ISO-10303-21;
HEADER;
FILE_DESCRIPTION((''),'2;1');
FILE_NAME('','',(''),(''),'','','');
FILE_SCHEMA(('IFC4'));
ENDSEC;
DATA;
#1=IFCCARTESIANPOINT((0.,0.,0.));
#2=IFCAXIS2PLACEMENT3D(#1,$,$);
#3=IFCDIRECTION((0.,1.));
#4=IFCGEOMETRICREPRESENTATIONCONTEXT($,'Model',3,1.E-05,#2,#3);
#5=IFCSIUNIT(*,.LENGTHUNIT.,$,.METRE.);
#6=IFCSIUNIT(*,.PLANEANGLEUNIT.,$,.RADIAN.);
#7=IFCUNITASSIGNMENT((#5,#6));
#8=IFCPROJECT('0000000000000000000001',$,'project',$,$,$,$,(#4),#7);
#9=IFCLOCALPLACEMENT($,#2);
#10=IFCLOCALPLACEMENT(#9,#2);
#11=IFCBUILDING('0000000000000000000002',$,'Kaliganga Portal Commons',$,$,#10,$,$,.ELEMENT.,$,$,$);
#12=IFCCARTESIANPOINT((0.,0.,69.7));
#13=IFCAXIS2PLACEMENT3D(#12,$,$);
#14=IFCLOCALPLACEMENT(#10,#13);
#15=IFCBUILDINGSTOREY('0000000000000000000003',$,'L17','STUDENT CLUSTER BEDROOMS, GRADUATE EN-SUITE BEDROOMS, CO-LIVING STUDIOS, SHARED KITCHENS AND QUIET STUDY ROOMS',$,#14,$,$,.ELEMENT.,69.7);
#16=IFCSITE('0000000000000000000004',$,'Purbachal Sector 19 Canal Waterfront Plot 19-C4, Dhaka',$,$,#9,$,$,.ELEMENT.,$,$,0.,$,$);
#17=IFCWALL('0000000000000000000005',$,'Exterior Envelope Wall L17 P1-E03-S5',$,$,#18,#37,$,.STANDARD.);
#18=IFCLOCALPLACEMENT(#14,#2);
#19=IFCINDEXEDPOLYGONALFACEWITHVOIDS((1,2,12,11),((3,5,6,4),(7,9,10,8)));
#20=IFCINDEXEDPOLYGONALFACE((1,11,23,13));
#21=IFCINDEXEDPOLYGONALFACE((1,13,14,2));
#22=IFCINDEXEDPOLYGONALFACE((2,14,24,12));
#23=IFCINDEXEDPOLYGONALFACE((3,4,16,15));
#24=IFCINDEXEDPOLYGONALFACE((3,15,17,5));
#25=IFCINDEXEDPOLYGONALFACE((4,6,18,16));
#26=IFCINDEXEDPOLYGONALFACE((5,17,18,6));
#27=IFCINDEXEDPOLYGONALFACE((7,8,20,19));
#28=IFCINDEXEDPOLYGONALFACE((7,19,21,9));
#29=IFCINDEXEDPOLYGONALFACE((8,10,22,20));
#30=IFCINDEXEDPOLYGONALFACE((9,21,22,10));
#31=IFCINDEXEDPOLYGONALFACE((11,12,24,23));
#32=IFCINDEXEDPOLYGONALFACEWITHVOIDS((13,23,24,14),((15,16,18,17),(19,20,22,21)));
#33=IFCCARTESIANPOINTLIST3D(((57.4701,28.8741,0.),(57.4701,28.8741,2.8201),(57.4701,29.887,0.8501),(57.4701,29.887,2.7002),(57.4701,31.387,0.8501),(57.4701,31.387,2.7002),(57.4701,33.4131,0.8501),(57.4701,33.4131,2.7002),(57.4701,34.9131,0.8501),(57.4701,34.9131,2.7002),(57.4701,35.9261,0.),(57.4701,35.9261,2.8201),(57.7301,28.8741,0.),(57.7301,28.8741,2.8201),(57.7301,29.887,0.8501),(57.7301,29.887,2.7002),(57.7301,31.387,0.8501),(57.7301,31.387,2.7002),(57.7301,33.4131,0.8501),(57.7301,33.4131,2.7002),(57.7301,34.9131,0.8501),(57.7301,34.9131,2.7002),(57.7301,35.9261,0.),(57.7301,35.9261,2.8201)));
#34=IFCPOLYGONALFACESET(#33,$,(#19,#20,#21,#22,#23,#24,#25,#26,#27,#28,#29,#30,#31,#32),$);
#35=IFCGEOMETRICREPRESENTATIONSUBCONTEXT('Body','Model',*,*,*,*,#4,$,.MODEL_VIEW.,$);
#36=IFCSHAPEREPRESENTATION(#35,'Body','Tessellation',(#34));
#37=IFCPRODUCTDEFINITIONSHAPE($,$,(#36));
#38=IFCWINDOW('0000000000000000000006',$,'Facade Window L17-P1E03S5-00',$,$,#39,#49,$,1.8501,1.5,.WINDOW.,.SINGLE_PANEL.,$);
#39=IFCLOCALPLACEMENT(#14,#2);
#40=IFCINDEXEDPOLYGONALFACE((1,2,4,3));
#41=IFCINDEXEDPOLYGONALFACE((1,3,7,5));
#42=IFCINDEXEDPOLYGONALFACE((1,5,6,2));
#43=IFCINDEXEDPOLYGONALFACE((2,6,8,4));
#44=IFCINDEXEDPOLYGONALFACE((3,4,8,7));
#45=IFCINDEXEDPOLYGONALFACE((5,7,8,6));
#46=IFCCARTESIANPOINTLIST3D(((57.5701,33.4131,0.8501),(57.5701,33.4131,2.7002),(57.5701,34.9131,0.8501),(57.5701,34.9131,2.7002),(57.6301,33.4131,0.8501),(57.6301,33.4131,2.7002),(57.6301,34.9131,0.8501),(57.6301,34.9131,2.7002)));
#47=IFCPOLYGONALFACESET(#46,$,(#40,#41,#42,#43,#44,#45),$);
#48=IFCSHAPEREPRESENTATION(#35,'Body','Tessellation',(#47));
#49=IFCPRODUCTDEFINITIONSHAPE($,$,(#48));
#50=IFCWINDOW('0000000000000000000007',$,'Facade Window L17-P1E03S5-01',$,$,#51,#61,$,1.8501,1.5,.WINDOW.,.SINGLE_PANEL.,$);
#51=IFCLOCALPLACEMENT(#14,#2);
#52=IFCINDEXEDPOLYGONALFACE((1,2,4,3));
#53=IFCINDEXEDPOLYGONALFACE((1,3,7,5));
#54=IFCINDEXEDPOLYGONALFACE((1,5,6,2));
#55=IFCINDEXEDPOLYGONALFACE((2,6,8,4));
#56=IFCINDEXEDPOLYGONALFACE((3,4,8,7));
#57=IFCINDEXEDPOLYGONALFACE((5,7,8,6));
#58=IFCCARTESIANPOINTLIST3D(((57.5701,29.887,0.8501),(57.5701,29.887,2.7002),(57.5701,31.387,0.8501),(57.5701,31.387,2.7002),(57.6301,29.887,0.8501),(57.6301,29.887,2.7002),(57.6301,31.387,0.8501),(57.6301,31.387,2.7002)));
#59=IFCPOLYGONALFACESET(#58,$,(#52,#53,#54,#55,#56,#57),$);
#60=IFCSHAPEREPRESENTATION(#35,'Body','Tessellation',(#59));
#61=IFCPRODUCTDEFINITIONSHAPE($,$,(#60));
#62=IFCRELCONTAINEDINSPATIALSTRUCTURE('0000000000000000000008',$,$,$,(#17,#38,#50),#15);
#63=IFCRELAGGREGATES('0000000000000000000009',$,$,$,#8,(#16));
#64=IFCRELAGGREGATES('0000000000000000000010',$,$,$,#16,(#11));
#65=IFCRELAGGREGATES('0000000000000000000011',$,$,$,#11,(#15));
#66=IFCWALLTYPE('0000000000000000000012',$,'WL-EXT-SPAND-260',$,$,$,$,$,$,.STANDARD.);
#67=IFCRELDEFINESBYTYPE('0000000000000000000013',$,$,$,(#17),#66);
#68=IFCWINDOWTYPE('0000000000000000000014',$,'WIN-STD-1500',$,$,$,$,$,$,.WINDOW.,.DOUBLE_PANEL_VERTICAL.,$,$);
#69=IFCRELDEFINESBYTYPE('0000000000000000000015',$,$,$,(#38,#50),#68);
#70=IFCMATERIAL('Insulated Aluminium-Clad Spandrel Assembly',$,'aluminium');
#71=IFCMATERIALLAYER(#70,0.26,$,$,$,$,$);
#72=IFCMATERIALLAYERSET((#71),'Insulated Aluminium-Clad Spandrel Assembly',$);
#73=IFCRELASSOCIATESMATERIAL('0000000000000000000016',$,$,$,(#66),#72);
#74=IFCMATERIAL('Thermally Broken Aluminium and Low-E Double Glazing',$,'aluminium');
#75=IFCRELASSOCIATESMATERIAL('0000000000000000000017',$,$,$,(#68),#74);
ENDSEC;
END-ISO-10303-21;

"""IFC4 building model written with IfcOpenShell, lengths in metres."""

from ifc_helpers import new_model, si_unit, direction, frame, frame_2d, origin, place, context, subcontext, project, spatial, rectangle, extrude, material, layer, layer_set, type_object, element, fill, save


model = new_model("IFC4")

# Units and contexts
model_context = context("Model", 3, precision=1e-05, world=origin(), true_north=direction((0.0, 1.0)))
body_context = subcontext(model_context, "Body", "Model", "MODEL_VIEW")
ifc_project = project(units=[si_unit("LENGTHUNIT", "METRE"), si_unit("PLANEANGLEUNIT", "RADIAN")], contexts=[model_context])

# Site, building, storey
site_placement = place(None, origin())
site = spatial("IfcSite", under=ifc_project, at=site_placement, Name="Purbachal Sector 19 Canal Waterfront Plot 19-C4, Dhaka", CompositionType="ELEMENT", RefElevation=0.0)
building_placement = place(site_placement, origin())
building = spatial("IfcBuilding", under=site, at=building_placement, Name="Kaliganga Portal Commons", CompositionType="ELEMENT")
storey_placement = place(building_placement, frame((0.0, 0.0, 69.7)))
storey = spatial("IfcBuildingStorey", under=building, at=storey_placement, Name="L17", Description="STUDENT CLUSTER BEDROOMS, GRADUATE EN-SUITE BEDROOMS, CO-LIVING STUDIOS, SHARED KITCHENS AND QUIET STUDY ROOMS", CompositionType="ELEMENT", Elevation=69.7)

# Wall, openings, windows
ifc_material_1 = material(Name="Insulated Aluminium-Clad Spandrel Assembly", Category="aluminium")
ifc_layer = layer(ifc_material_1, 0.26)
ifc_layer_set = layer_set([ifc_layer], Name="Insulated Aluminium-Clad Spandrel Assembly")
wall_type = type_object("IfcWallType", Name="WL-EXT-SPAND-260", PredefinedType="STANDARD", material=ifc_layer_set)
wall_placement = place(storey_placement, frame((57.6001, 35.926, 0.0), z_axis=(0.0, 0.0, 1.0), x_axis=(0.0, -1.0, 0.0)))
wall = element("IfcWall", 1, at=wall_placement, inside=storey, type_object=wall_type, Name="Exterior Envelope Wall L17 P1-E03-S5", PredefinedType="STANDARD", context=body_context, shape_type="SweptSolid", body=[
    extrude(rectangle(XDim=7.052, YDim=0.26, at=frame_2d((3.5259, 0.0))), origin(), (0.0, 0.0, 1.0), 2.8201),
])
opening_1_placement = place(wall_placement, frame((1.0129, 0.0, 0.8501)))
opening_1 = element("IfcOpeningElement", 2, at=opening_1_placement, cuts=wall, PredefinedType="OPENING", context=body_context, shape_type="SweptSolid", body=[
    extrude(rectangle(XDim=1.5, YDim=1.8501, at=frame_2d((0.75, 0.925))), frame((0.0, 0.1401, 0.0), z_axis=(0.0, -1.0, 0.0), x_axis=(1.0, 0.0, 0.0)), (0.0, 0.0, 1.0), 0.28),
])
opening_2_placement = place(wall_placement, frame((4.5391, 0.0, 0.8501)))
opening_2 = element("IfcOpeningElement", 3, at=opening_2_placement, cuts=wall, PredefinedType="OPENING", context=body_context, shape_type="SweptSolid", body=[
    extrude(rectangle(XDim=1.5, YDim=1.8501, at=frame_2d((0.75, 0.925))), frame((0.0, 0.1401, 0.0), z_axis=(0.0, -1.0, 0.0), x_axis=(1.0, 0.0, 0.0)), (0.0, 0.0, 1.0), 0.28),
])
ifc_material_2 = material(Name="Thermally Broken Aluminium and Low-E Double Glazing", Category="aluminium")
window_type = type_object("IfcWindowType", Name="WIN-STD-1500", PartitioningType="DOUBLE_PANEL_VERTICAL", PredefinedType="WINDOW", material=ifc_material_2)
window_1_placement = place(opening_1_placement, origin())
window_1 = element("IfcWindow", 4, at=window_1_placement, inside=storey, type_object=window_type, Name="Facade Window L17-P1E03S5-00", OverallHeight=1.8501, OverallWidth=1.5, PartitioningType="SINGLE_PANEL", PredefinedType="WINDOW", context=body_context, shape_type="SweptSolid", body=[
    extrude(rectangle(XDim=1.5, YDim=1.8501, at=frame_2d((0.75, 0.925))), frame((0.0, 0.03, 0.0), z_axis=(0.0, -1.0, 0.0), x_axis=(1.0, 0.0, 0.0)), (0.0, 0.0, 1.0), 0.0601),
])
fill(opening_1, window_1)
window_2_placement = place(opening_2_placement, origin())
window_2 = element("IfcWindow", 5, at=window_2_placement, inside=storey, type_object=window_type, Name="Facade Window L17-P1E03S5-01", OverallHeight=1.8501, OverallWidth=1.5, PartitioningType="SINGLE_PANEL", PredefinedType="WINDOW", context=body_context, shape_type="SweptSolid", body=[
    extrude(rectangle(XDim=1.5, YDim=1.8501, at=frame_2d((0.75, 0.925))), frame((0.0, 0.03, 0.0), z_axis=(0.0, -1.0, 0.0), x_axis=(1.0, 0.0, 0.0)), (0.0, 0.0, 1.0), 0.0601),
])
fill(opening_2, window_2)

save(model, "model.ifc")
